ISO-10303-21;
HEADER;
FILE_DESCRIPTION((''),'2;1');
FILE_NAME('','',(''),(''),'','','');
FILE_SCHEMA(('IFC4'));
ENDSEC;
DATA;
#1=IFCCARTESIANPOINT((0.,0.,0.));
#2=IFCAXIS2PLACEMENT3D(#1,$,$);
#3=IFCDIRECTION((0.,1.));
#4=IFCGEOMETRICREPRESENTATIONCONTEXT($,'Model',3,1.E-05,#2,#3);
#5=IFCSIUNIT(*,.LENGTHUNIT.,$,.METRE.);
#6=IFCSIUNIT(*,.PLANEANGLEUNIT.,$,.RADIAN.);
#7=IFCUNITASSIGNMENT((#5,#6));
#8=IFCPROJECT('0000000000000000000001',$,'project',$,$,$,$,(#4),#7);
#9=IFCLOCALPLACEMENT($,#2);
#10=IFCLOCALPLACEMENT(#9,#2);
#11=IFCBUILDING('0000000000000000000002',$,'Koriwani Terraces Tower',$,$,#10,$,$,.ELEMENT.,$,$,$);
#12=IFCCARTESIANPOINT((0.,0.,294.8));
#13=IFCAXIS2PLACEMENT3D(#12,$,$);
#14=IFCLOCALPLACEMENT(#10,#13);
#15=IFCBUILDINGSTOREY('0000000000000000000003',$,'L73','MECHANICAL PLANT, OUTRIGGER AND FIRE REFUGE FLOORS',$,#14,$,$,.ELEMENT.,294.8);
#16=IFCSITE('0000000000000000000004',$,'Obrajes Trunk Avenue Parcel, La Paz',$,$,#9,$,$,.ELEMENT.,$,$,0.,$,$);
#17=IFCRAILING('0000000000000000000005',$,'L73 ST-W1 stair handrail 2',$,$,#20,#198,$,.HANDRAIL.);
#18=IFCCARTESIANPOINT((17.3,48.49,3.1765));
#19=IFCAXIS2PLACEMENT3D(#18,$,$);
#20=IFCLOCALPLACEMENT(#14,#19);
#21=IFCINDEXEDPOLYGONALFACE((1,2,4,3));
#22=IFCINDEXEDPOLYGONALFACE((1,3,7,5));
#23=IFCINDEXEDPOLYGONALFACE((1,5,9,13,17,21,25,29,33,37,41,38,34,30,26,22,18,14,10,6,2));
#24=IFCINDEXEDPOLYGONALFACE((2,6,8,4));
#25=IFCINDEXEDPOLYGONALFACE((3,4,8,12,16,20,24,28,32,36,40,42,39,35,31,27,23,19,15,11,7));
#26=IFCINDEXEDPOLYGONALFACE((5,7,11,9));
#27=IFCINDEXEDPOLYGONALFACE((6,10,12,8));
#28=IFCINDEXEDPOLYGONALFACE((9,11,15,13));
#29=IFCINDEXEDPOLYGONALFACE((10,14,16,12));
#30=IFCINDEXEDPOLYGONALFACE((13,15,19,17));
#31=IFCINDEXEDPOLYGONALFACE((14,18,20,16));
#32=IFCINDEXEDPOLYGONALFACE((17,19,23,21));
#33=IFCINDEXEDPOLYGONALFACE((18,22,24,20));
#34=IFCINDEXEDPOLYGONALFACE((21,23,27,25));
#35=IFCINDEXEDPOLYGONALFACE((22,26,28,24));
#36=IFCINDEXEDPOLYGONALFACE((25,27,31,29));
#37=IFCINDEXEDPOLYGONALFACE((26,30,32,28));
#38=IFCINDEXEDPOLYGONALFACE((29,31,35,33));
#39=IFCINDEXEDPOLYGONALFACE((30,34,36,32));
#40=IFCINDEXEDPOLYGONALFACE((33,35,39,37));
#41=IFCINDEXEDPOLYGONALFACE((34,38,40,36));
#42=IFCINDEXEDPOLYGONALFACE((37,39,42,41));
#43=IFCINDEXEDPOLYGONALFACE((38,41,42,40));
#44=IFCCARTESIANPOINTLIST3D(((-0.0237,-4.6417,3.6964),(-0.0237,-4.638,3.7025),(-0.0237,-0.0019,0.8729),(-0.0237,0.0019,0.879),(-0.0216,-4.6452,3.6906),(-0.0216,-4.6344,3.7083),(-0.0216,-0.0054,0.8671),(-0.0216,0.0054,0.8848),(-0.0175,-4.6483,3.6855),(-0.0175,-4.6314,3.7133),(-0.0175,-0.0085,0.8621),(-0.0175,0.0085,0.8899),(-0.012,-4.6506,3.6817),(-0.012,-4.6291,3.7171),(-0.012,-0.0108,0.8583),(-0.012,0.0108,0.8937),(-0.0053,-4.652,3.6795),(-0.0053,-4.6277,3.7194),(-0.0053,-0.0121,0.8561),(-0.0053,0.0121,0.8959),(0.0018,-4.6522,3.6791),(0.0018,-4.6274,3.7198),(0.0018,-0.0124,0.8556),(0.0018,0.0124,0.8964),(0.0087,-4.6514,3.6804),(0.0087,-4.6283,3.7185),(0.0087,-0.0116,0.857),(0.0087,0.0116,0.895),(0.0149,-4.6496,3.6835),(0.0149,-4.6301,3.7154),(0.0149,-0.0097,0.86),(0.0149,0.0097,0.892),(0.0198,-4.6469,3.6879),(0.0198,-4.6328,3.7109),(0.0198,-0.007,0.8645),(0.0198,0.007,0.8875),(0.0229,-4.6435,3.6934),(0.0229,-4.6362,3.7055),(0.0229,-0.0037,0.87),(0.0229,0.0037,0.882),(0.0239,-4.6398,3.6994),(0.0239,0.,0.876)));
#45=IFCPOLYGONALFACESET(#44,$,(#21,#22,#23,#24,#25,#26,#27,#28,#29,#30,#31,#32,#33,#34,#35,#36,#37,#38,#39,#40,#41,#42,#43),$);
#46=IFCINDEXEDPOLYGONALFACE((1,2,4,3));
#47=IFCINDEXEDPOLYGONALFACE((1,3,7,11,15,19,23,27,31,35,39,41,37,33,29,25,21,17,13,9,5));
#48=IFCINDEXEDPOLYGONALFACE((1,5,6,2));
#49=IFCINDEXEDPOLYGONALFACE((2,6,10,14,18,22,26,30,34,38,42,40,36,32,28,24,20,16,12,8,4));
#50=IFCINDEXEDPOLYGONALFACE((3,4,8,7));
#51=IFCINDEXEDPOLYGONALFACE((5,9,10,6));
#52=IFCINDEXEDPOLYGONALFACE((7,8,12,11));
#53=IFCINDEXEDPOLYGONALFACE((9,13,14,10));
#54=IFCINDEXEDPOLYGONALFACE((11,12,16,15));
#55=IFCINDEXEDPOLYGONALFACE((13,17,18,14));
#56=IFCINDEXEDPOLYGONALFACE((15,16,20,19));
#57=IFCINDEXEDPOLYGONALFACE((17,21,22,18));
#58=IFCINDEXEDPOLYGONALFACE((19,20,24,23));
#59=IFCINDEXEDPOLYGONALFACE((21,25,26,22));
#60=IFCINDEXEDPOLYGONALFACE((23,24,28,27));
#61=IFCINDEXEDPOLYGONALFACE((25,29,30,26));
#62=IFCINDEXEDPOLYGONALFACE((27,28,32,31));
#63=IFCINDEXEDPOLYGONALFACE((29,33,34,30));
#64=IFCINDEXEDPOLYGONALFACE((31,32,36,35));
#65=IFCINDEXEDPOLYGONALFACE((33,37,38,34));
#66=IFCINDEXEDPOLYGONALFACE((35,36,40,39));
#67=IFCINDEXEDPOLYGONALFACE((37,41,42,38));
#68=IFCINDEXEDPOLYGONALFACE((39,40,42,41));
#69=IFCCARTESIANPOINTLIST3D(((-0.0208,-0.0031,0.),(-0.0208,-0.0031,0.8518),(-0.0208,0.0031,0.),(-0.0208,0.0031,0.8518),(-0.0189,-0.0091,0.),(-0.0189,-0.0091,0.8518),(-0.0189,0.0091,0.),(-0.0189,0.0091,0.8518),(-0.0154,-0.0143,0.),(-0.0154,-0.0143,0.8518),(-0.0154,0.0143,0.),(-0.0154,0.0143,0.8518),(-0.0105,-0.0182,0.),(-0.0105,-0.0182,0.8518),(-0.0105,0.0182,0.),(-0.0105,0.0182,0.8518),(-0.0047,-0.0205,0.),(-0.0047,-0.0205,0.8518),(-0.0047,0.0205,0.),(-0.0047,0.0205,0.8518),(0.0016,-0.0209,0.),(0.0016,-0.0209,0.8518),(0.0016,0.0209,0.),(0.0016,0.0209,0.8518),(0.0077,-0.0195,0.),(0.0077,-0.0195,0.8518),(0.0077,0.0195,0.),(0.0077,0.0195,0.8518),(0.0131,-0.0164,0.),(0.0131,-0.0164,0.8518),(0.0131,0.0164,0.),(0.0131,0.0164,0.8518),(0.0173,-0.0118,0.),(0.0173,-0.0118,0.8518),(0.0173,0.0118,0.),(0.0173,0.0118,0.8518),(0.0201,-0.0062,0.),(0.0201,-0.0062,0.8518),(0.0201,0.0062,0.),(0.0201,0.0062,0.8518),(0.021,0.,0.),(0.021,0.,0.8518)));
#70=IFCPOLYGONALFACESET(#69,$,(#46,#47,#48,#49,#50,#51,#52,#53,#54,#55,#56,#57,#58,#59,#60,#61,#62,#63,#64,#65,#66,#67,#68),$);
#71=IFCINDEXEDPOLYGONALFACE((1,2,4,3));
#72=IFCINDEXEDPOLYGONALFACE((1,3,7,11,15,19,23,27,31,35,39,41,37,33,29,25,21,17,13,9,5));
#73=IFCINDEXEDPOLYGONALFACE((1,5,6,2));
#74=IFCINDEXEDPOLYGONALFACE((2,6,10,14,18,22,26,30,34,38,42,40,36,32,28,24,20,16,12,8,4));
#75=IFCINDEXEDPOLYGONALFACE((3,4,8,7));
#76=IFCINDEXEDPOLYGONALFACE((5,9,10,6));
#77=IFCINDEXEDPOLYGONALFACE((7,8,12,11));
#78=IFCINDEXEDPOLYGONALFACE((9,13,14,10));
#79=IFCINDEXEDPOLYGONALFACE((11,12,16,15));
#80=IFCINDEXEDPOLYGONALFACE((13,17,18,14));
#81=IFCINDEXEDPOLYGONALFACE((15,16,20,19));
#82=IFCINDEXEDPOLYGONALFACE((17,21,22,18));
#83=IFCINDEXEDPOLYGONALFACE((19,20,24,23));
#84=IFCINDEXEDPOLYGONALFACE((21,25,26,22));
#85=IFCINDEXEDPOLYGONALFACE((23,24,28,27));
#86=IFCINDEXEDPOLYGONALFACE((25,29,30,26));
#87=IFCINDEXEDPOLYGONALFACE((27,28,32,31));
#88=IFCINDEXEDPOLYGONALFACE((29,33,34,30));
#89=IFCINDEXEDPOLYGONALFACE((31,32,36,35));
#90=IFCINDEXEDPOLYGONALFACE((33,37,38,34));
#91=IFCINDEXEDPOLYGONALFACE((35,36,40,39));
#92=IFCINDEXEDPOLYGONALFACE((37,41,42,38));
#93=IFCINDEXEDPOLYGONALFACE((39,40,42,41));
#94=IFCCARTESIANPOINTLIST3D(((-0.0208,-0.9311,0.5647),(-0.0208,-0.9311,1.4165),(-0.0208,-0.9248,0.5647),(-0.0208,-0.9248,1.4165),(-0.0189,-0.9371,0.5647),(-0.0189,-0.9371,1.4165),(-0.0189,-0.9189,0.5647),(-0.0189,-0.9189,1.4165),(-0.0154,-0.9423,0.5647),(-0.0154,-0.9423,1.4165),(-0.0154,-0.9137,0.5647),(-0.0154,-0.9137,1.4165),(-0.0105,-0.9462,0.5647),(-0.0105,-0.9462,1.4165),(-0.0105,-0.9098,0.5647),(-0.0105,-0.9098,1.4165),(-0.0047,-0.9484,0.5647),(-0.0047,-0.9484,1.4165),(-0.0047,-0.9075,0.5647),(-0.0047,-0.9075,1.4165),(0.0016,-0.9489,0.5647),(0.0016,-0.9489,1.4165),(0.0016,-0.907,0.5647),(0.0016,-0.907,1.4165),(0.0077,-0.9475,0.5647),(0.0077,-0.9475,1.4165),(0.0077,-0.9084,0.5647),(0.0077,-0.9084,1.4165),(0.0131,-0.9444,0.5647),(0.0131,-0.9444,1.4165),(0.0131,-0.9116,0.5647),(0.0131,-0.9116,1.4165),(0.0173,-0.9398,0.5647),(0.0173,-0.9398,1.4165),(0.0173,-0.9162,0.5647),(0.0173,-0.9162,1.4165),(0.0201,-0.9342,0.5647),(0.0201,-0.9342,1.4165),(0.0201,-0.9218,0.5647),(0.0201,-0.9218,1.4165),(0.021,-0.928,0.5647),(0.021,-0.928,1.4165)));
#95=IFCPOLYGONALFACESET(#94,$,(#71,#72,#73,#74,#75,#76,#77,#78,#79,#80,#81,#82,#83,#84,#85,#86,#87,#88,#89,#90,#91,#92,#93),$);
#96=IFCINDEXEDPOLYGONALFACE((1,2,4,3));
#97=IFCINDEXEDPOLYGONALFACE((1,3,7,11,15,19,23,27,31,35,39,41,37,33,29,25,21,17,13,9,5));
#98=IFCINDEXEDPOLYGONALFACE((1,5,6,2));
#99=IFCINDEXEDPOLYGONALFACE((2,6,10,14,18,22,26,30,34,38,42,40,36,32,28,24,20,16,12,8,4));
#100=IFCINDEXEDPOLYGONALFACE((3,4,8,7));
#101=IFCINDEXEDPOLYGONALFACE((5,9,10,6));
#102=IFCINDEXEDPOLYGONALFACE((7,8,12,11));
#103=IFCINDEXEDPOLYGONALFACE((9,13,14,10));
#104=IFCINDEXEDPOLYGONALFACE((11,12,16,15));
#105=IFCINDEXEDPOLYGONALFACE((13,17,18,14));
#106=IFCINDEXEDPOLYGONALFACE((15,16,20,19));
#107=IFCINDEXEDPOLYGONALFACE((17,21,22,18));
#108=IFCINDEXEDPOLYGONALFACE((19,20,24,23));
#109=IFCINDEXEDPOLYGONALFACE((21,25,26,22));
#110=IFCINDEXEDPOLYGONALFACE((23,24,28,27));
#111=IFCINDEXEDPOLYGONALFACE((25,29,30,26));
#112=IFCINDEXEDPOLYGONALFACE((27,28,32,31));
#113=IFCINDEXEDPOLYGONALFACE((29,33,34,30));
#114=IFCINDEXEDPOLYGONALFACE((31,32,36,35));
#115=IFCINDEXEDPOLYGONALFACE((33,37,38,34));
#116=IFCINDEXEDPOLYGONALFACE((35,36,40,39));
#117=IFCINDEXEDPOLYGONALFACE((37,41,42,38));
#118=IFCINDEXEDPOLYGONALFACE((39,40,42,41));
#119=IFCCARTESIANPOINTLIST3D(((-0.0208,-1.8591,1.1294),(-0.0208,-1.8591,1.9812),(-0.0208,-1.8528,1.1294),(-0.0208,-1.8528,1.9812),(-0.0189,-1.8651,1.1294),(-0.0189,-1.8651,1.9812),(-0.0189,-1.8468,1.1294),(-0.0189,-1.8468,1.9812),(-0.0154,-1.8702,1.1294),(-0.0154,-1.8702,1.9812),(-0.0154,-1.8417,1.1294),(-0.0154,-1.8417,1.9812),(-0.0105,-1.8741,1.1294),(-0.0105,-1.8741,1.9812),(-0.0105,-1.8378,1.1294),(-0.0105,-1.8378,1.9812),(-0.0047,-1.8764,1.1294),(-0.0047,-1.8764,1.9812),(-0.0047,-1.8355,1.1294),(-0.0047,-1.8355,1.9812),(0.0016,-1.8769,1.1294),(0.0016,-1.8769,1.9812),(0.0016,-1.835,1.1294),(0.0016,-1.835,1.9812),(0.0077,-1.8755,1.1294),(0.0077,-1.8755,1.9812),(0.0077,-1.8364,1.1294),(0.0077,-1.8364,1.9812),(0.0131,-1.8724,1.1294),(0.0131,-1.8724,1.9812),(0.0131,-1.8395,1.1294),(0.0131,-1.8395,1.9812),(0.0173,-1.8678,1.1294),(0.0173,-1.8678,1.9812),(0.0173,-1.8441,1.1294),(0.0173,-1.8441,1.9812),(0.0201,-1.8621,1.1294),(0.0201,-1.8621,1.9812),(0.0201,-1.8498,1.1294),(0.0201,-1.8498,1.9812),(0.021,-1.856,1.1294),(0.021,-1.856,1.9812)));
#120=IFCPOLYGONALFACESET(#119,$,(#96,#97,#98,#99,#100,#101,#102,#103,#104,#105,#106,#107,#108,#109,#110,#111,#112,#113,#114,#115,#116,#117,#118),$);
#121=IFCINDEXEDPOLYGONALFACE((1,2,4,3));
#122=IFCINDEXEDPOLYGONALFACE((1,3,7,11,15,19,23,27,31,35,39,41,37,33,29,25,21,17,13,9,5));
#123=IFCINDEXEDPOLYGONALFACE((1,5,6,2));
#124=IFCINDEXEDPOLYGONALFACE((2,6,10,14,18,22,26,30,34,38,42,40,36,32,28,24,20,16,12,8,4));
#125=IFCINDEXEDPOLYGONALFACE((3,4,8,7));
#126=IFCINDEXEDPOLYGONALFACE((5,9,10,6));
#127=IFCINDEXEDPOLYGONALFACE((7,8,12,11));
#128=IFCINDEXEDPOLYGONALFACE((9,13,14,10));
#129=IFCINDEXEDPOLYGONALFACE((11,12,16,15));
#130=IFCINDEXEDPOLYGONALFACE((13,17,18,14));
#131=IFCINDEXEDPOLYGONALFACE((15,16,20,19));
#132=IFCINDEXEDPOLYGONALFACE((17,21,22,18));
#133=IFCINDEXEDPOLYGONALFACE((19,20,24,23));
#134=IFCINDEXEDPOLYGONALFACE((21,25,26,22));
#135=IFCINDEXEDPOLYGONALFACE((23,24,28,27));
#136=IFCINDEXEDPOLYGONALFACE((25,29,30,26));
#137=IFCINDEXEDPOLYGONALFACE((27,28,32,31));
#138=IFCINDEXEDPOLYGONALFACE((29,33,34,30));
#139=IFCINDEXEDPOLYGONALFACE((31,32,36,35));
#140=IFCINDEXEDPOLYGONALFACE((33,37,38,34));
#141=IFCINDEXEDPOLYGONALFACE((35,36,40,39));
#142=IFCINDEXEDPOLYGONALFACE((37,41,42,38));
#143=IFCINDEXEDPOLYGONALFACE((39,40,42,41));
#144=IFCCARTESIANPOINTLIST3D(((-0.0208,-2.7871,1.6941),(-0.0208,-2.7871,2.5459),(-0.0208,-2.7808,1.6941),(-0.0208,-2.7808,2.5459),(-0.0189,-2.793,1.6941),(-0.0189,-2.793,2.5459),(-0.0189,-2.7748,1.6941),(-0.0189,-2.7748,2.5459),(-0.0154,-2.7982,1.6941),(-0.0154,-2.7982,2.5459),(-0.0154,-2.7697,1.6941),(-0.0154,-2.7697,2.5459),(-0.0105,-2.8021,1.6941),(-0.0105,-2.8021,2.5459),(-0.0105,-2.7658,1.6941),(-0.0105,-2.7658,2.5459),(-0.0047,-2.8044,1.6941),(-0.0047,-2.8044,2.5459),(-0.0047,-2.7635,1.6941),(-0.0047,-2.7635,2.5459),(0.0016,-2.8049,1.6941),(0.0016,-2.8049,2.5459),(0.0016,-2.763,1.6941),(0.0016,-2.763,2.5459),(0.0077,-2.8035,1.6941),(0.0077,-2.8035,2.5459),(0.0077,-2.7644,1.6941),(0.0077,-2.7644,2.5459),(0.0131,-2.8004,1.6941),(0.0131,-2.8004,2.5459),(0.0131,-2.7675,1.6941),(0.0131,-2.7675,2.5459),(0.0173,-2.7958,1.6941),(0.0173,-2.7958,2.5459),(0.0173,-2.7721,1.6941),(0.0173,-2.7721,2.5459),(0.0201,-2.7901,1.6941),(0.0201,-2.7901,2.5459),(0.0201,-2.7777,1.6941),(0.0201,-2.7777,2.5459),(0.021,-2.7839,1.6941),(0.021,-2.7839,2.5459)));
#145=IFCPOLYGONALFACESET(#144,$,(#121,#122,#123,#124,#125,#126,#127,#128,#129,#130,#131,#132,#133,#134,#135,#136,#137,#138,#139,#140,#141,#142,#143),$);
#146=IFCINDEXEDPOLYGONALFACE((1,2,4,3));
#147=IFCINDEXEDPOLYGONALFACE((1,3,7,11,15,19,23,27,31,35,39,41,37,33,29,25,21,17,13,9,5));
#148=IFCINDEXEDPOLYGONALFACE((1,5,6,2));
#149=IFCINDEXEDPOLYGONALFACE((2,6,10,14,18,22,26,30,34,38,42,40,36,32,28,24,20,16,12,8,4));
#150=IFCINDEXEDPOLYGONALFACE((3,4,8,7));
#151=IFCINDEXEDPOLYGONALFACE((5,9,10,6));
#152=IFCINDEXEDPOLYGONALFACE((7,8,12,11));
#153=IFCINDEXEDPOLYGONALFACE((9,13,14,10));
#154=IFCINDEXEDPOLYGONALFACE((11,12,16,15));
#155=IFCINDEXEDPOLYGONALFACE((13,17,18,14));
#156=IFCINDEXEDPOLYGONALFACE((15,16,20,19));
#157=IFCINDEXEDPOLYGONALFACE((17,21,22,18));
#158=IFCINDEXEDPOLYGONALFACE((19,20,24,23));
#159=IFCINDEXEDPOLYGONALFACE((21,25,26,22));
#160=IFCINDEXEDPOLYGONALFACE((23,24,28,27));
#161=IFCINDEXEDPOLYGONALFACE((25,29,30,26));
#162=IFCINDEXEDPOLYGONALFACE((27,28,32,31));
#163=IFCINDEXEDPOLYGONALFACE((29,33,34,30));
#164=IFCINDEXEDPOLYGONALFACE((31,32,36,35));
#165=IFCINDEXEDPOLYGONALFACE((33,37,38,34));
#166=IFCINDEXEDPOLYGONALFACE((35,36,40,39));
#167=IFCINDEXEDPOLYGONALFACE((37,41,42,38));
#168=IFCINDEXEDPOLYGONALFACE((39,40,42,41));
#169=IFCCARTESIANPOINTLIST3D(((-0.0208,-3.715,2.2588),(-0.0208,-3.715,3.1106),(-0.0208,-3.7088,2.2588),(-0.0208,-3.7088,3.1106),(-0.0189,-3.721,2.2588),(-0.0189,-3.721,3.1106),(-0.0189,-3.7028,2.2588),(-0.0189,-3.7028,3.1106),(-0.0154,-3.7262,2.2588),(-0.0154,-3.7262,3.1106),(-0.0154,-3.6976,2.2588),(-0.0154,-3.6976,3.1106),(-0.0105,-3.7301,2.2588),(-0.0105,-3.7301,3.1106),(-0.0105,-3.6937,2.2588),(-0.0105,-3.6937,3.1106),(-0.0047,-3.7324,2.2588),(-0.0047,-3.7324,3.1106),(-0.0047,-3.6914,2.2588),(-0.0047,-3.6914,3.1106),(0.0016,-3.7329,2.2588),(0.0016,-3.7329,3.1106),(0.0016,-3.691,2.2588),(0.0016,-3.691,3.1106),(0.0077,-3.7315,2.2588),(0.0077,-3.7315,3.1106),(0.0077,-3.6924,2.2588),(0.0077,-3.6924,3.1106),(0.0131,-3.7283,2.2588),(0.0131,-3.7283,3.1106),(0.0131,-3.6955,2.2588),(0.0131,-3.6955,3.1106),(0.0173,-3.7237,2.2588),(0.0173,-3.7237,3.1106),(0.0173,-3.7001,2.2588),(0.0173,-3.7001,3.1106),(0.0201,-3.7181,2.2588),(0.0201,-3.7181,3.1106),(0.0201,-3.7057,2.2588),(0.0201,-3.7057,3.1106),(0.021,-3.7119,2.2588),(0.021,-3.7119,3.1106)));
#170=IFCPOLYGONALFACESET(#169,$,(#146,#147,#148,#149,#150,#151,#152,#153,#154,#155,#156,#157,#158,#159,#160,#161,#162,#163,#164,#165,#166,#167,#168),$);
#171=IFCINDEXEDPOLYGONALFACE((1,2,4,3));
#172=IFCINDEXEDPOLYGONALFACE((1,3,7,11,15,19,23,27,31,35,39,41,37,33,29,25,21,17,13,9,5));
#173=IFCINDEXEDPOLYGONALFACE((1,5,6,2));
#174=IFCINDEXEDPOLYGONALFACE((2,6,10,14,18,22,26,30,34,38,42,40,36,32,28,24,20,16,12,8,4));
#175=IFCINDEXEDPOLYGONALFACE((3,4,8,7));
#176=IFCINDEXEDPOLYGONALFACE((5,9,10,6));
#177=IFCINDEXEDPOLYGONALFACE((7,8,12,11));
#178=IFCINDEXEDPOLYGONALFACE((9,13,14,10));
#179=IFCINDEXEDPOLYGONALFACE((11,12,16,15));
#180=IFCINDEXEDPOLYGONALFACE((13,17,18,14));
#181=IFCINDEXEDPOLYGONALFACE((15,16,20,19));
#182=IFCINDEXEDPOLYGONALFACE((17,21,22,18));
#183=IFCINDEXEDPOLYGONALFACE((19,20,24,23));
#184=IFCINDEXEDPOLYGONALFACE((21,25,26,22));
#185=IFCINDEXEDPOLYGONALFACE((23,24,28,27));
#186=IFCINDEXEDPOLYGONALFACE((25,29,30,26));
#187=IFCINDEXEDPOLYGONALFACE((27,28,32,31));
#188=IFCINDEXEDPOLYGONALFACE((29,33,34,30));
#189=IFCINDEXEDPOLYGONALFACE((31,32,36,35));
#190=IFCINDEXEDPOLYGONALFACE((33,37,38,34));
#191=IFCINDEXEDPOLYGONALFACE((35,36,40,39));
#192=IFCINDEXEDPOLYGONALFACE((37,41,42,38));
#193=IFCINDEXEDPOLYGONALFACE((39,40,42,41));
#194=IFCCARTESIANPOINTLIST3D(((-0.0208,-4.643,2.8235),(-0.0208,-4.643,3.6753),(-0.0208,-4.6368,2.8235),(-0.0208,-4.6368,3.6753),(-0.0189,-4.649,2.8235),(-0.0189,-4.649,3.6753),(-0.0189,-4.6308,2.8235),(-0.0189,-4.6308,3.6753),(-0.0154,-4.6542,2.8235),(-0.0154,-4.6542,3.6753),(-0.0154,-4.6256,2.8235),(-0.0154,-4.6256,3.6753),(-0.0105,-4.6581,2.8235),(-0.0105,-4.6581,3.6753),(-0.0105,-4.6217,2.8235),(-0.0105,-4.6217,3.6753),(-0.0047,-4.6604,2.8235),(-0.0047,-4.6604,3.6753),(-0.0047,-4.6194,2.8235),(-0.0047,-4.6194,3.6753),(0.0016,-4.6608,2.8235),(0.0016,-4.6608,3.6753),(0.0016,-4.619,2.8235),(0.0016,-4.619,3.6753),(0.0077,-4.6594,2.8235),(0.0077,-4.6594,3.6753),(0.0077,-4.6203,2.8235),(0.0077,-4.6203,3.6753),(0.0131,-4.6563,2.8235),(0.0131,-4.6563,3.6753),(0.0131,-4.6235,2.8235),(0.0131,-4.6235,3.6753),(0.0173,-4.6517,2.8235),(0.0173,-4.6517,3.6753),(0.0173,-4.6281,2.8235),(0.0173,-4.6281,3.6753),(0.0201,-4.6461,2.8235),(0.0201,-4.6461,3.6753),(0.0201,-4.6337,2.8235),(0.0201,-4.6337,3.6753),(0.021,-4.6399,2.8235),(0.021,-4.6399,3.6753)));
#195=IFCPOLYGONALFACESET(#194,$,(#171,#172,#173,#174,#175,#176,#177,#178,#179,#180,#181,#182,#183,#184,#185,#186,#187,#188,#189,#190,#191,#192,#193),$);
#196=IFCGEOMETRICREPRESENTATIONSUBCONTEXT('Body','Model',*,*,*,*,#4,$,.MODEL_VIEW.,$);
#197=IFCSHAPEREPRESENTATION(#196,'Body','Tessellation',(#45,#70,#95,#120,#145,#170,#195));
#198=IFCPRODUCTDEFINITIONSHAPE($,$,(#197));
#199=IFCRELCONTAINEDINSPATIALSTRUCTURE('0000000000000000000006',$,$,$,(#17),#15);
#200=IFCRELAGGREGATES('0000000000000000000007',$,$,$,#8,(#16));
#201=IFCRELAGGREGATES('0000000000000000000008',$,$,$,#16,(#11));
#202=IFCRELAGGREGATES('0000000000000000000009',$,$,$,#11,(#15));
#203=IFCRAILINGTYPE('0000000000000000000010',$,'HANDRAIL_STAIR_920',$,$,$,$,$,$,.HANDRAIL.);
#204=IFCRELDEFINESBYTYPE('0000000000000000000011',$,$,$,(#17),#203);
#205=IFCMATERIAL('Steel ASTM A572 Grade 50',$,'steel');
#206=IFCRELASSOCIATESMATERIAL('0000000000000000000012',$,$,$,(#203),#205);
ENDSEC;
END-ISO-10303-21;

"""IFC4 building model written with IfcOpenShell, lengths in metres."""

from ifc_helpers import new_model, si_unit, direction, frame, origin, origin_2d, place, context, subcontext, project, spatial, circle, extrude, material, type_object, element, save


model = new_model("IFC4")

# Units and contexts
model_context = context("Model", 3, precision=1e-05, world=origin(), true_north=direction((0.0, 1.0)))
body_context = subcontext(model_context, "Body", "Model", "MODEL_VIEW")
ifc_project = project(units=[si_unit("LENGTHUNIT", "METRE"), si_unit("PLANEANGLEUNIT", "RADIAN")], contexts=[model_context])

# Site, building, storey
site_placement = place(None, origin())
site = spatial("IfcSite", under=ifc_project, at=site_placement, Name="Obrajes Trunk Avenue Parcel, La Paz", CompositionType="ELEMENT", RefElevation=0.0)
building_placement = place(site_placement, origin())
building = spatial("IfcBuilding", under=site, at=building_placement, Name="Koriwani Terraces Tower", CompositionType="ELEMENT")
storey_placement = place(building_placement, frame((0.0, 0.0, 294.8)))
storey = spatial("IfcBuildingStorey", under=building, at=storey_placement, Name="L73", Description="MECHANICAL PLANT, OUTRIGGER AND FIRE REFUGE FLOORS", CompositionType="ELEMENT", Elevation=294.8)

# Shared definitions
ifc_material_1 = material(Name="Steel ASTM A572 Grade 50", Category="steel")

# Railing
railing_type_1 = type_object("IfcRailingType", Name="HANDRAIL_STAIR_920", PredefinedType="HANDRAIL", material=ifc_material_1)
railing_1_placement = place(storey_placement, frame((17.3, 48.49, 3.1765)))
element("IfcRailing", 1, at=railing_1_placement, inside=storey, type_object=railing_type_1, Name="L73 ST-W1 stair handrail 2", PredefinedType="HANDRAIL", context=body_context, shape_type="SweptSolid", body=[
    extrude(circle(Radius=0.0239, at=origin_2d()), frame((0.0, 0.0, 0.876), z_axis=(0.0, -0.854264, 0.51984), x_axis=(1.0, 0.0, 0.0)), (0.0, 0.0, 1.0), 5.4314),
    extrude(circle(Radius=0.021, at=origin_2d()), origin(), (0.0, 0.0, 1.0), 0.8518),
    extrude(circle(Radius=0.021, at=origin_2d()), frame((0.0, -0.928, 0.5647)), (0.0, 0.0, 1.0), 0.8518),
    extrude(circle(Radius=0.021, at=origin_2d()), frame((0.0, -1.856, 1.1294)), (0.0, 0.0, 1.0), 0.8518),
    extrude(circle(Radius=0.021, at=origin_2d()), frame((0.0, -2.7839, 1.6941)), (0.0, 0.0, 1.0), 0.8518),
    extrude(circle(Radius=0.021, at=origin_2d()), frame((0.0, -3.7119, 2.2588)), (0.0, 0.0, 1.0), 0.8518),
    extrude(circle(Radius=0.021, at=origin_2d()), frame((0.0, -4.6399, 2.8235)), (0.0, 0.0, 1.0), 0.8518),
])

save(model, "model.ifc")
